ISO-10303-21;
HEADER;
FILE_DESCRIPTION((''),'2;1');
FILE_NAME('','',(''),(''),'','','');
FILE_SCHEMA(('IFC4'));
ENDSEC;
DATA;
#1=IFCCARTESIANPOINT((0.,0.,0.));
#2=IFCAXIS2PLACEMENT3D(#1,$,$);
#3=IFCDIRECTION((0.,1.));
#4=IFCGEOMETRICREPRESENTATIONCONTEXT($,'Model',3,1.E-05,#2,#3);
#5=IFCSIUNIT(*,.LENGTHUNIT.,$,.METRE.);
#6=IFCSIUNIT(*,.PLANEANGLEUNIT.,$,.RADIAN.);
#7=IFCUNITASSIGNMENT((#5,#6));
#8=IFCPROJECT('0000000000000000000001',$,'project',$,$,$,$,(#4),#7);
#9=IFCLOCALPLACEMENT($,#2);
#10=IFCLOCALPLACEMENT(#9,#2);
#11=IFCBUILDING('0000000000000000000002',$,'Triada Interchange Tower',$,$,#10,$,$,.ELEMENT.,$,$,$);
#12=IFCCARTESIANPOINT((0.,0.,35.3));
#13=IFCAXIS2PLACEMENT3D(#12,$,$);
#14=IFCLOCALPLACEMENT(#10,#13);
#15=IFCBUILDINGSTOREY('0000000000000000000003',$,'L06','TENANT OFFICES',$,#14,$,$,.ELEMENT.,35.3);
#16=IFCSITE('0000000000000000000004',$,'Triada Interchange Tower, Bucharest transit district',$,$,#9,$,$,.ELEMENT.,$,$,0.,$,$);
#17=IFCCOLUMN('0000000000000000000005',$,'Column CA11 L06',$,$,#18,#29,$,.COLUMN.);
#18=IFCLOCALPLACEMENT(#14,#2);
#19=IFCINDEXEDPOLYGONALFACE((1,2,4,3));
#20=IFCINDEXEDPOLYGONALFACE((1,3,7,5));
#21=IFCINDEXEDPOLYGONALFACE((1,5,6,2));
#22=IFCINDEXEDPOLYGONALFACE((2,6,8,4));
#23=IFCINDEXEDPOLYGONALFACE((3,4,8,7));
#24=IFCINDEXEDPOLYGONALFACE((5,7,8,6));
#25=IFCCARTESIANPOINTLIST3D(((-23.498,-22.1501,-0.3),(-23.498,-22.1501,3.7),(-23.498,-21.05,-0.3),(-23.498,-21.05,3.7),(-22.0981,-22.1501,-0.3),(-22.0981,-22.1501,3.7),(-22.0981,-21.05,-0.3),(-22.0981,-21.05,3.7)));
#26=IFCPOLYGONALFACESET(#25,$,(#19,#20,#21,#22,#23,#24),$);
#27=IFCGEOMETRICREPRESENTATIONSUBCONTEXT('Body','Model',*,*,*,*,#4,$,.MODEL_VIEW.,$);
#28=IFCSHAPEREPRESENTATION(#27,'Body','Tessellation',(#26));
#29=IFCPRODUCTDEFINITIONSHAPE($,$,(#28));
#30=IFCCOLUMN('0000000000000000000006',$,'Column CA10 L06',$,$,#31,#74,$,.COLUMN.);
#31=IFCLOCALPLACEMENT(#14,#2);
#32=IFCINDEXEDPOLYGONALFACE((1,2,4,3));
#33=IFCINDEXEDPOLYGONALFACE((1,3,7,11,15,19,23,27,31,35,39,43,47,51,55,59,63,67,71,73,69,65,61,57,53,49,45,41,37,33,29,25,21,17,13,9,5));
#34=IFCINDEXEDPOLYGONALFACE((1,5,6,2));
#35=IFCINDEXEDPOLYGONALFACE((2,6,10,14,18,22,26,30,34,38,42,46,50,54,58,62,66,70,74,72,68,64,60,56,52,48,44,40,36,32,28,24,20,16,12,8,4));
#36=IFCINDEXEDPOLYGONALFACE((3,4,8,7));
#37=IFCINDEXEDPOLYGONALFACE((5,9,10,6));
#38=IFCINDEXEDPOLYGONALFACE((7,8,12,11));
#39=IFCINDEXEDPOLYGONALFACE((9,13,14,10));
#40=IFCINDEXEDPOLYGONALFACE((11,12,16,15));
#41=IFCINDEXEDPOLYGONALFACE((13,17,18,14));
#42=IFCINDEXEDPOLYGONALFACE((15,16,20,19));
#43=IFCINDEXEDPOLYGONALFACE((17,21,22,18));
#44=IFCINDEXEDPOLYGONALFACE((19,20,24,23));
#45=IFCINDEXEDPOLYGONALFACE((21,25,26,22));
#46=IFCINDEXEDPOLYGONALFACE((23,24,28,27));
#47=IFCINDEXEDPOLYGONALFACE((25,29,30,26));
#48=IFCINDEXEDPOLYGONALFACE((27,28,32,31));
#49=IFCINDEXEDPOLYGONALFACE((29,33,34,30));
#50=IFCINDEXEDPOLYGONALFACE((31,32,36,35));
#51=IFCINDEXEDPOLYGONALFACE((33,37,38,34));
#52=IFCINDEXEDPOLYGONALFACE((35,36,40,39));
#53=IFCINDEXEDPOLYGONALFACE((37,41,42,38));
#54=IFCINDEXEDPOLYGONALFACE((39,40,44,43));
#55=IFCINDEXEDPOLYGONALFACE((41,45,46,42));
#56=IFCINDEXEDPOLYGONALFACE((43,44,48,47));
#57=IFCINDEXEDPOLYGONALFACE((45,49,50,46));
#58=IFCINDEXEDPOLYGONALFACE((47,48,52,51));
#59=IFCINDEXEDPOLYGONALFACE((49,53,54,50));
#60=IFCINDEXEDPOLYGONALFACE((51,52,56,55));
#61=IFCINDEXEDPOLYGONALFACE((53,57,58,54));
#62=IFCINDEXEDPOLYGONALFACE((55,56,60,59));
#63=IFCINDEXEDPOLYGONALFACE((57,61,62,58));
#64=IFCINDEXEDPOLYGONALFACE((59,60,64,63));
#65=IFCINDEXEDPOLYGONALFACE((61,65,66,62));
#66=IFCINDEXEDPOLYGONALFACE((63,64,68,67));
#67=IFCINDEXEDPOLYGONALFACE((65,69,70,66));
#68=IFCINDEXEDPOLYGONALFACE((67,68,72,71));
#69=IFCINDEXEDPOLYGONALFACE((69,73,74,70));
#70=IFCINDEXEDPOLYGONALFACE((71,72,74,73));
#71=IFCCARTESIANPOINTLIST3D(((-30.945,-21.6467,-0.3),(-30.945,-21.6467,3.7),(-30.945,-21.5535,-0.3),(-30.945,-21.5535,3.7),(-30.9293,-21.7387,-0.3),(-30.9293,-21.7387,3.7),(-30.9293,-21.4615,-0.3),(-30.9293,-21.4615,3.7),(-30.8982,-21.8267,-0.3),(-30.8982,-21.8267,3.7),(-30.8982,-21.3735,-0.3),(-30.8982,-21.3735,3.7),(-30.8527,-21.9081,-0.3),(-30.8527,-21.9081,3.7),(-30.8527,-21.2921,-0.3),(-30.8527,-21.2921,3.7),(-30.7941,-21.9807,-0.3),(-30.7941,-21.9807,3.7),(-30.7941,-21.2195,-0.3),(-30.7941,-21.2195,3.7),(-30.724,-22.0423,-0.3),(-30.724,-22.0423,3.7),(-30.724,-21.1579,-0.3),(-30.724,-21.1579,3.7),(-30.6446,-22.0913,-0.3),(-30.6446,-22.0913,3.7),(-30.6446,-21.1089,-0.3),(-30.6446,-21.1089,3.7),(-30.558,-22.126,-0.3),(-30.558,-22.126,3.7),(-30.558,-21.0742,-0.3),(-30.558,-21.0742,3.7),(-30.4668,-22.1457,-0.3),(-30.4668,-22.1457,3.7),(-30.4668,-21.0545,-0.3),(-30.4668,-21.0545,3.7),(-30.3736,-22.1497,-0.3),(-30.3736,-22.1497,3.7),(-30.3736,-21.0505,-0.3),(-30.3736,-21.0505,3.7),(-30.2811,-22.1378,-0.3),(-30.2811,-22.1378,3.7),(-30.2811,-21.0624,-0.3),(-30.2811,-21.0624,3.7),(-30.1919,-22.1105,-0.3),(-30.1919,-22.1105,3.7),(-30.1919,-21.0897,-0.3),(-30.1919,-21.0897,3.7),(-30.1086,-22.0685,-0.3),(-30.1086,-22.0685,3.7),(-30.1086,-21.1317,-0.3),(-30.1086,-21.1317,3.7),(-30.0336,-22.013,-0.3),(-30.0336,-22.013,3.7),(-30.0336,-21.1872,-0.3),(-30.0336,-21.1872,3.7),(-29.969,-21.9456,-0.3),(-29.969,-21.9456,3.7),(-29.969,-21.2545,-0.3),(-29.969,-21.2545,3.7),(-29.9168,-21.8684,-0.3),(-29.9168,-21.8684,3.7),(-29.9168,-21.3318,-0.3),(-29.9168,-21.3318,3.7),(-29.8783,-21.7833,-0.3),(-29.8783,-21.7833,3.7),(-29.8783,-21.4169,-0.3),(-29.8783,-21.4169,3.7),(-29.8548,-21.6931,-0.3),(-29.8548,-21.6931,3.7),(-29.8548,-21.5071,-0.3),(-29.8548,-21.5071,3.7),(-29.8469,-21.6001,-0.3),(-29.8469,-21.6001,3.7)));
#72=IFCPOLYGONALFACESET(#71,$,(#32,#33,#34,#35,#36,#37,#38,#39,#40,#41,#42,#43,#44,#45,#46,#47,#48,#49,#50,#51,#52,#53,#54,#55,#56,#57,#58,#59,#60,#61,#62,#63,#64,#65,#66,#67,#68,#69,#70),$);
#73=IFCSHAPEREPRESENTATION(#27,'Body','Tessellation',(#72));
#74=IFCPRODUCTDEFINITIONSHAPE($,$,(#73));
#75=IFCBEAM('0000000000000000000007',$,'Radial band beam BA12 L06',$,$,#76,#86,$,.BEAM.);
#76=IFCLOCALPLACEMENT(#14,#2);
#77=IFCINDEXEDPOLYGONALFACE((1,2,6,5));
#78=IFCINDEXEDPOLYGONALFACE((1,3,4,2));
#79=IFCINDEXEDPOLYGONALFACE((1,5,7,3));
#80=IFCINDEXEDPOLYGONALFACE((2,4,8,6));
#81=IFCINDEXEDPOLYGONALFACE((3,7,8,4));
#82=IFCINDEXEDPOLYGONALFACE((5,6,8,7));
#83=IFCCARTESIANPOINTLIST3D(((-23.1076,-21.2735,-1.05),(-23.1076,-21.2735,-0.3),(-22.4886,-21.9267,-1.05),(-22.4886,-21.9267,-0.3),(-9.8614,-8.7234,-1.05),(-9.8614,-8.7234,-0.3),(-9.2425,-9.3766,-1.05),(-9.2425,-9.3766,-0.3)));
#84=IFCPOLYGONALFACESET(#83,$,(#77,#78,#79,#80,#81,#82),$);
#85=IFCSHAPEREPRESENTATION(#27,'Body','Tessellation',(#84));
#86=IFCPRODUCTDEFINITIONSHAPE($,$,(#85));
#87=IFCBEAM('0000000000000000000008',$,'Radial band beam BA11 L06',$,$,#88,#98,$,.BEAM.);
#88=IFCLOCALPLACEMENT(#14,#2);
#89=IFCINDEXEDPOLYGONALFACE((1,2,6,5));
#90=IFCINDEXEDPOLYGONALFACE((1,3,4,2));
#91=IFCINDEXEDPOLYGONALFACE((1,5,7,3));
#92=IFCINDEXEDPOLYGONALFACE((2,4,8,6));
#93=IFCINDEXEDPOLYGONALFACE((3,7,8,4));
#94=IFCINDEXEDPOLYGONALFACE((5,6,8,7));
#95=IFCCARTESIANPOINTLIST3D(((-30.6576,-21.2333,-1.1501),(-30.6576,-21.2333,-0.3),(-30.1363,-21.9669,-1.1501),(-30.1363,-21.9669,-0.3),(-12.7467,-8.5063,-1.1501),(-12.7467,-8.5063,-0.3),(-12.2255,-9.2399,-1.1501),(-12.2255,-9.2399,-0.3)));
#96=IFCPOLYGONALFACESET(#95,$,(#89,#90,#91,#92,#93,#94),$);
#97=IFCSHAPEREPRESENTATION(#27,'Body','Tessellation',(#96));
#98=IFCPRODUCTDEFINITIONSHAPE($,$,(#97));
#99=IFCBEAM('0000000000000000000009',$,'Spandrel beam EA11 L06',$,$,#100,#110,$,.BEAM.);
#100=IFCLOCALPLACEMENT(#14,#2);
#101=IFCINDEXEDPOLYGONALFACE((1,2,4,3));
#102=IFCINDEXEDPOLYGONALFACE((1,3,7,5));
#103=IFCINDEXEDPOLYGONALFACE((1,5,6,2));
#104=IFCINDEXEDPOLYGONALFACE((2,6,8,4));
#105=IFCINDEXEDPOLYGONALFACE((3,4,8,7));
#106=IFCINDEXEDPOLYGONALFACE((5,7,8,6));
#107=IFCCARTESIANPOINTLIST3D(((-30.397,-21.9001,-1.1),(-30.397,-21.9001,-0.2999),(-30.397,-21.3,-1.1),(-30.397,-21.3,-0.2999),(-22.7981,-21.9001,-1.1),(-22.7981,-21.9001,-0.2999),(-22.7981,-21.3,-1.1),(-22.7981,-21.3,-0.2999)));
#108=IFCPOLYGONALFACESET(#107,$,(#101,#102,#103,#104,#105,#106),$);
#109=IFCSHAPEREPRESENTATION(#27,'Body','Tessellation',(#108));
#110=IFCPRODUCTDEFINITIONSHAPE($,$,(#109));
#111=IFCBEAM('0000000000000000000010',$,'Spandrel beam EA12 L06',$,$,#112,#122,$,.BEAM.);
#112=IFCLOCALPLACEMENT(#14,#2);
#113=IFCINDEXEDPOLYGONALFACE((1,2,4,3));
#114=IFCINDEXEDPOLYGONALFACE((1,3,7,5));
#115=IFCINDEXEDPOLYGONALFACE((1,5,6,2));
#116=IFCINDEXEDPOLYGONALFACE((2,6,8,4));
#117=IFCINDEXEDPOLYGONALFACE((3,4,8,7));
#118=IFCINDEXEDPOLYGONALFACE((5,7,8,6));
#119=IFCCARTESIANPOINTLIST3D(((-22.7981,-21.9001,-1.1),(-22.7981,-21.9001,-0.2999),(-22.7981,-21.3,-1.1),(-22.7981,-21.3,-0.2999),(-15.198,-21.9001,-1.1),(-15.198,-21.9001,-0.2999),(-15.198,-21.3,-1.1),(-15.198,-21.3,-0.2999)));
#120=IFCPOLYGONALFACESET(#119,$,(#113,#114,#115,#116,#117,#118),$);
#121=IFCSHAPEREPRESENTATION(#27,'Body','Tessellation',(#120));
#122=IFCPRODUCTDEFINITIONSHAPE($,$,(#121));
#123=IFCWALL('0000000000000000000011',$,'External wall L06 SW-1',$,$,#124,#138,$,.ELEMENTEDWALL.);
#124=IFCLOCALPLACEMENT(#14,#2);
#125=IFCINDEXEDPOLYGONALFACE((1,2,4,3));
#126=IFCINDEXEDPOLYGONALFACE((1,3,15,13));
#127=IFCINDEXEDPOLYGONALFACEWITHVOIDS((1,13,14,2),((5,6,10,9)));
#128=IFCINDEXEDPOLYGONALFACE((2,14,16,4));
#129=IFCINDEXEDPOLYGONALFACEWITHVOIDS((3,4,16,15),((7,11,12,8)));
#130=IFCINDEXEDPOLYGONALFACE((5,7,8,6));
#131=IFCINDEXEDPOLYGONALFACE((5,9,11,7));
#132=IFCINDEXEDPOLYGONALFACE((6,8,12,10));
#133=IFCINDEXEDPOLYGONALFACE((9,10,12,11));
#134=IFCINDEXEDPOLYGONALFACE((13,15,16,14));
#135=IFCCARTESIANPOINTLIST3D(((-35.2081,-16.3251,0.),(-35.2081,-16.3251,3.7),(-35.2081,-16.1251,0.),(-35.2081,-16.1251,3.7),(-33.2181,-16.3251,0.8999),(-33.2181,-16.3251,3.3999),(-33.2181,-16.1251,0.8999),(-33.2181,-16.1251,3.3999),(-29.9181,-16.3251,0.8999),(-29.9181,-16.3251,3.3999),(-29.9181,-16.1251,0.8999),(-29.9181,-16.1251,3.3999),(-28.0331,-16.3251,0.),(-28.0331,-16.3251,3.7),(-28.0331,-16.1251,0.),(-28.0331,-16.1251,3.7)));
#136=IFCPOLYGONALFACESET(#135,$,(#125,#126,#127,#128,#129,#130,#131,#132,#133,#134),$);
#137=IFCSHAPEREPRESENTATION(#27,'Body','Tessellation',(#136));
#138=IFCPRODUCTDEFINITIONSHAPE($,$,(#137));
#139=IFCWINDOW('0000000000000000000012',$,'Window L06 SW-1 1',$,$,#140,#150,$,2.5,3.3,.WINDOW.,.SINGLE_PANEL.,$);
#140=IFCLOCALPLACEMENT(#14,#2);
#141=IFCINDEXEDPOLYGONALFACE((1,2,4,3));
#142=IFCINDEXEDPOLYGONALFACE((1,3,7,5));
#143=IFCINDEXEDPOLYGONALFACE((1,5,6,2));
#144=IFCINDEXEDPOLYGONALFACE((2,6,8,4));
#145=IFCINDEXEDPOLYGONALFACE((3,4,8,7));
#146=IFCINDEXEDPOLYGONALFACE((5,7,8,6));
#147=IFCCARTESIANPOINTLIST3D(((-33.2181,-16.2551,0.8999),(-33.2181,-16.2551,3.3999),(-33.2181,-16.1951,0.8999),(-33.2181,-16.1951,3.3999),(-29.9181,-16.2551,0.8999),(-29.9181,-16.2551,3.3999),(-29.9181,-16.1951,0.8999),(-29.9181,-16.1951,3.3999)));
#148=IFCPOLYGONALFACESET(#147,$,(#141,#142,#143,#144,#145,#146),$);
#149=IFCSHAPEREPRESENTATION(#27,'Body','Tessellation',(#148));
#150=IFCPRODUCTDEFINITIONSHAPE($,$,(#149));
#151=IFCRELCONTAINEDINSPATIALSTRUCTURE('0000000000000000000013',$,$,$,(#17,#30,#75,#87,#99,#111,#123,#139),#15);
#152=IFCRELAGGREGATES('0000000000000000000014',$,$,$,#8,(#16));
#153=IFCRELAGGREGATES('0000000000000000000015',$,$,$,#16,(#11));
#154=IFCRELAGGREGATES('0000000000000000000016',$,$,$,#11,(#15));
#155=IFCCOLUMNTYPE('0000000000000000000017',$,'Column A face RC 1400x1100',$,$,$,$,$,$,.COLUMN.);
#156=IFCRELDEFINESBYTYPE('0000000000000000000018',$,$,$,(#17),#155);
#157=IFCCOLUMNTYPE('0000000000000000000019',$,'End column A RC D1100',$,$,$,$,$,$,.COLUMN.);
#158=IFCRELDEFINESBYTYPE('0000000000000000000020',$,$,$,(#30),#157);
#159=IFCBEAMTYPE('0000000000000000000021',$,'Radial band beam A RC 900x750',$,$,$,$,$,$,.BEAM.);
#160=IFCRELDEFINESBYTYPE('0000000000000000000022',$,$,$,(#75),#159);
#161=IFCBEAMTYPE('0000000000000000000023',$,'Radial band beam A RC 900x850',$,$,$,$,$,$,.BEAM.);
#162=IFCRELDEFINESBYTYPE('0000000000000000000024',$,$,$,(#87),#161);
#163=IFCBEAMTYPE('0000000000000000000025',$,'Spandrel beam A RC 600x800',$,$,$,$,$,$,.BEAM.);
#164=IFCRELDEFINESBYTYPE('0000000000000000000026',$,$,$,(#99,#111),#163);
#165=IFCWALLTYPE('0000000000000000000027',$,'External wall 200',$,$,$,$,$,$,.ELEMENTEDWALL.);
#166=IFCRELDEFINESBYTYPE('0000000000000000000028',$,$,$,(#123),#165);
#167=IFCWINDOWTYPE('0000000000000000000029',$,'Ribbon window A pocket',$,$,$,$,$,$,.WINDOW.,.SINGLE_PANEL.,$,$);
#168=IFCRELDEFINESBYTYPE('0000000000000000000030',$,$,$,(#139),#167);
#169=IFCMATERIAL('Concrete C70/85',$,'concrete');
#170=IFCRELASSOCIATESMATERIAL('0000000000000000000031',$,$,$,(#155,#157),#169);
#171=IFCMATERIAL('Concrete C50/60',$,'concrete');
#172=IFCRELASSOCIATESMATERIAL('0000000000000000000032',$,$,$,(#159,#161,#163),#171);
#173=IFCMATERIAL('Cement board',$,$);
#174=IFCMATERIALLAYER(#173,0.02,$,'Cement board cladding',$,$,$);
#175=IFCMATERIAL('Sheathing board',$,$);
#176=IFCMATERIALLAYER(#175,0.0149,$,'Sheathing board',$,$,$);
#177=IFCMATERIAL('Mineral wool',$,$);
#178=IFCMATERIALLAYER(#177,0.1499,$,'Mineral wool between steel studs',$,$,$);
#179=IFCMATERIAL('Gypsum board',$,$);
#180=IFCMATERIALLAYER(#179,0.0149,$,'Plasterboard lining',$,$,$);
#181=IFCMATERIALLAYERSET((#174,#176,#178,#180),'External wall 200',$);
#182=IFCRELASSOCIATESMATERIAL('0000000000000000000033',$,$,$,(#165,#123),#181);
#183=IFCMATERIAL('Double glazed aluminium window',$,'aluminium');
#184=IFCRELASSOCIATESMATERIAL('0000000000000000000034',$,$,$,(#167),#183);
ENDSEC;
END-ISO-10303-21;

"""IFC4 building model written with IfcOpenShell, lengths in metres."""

from ifc_helpers import new_model, si_unit, direction, frame, frame_2d, origin, origin_2d, place, context, subcontext, project, spatial, rectangle, circle, extrude, material, layer, layer_set, layer_usage, material_profile, profile_set, type_object, element, fill, save


model = new_model("IFC4")

# Units and contexts
model_context = context("Model", 3, precision=1e-05, world=origin(), true_north=direction((0.0, 1.0)))
body_context = subcontext(model_context, "Body", "Model", "MODEL_VIEW")
ifc_project = project(units=[si_unit("LENGTHUNIT", "METRE"), si_unit("PLANEANGLEUNIT", "RADIAN")], contexts=[model_context])

# Site, building, storey
site_placement = place(None, origin())
site = spatial("IfcSite", under=ifc_project, at=site_placement, Name="Triada Interchange Tower, Bucharest transit district", CompositionType="ELEMENT", RefElevation=0.0)
building_placement = place(site_placement, origin())
building = spatial("IfcBuilding", under=site, at=building_placement, Name="Triada Interchange Tower", CompositionType="ELEMENT")
storey_placement = place(building_placement, frame((0.0, 0.0, 35.3)))
storey = spatial("IfcBuildingStorey", under=building, at=storey_placement, Name="L06", Description="TENANT OFFICES", CompositionType="ELEMENT", Elevation=35.3)

# Columns
ifc_material_1 = material(Name="Concrete C70/85", Category="concrete")
ifc_material_profile_1 = material_profile(ifc_material_1, rectangle(XDim=1.3999, YDim=1.1001, at=origin_2d()), Name="RC 1400x1100")
ifc_profile_set_1 = profile_set([ifc_material_profile_1], Name="Concrete C70/85")
column_type_1 = type_object("IfcColumnType", Name="Column A face RC 1400x1100", PredefinedType="COLUMN", material=ifc_profile_set_1)
column_1_placement = place(storey_placement, frame((-22.7981, -21.6001, -0.3), z_axis=(0.0, 0.0, 1.0), x_axis=(1.0, 0.0, 0.0)))
element("IfcColumn", 1, at=column_1_placement, inside=storey, type_object=column_type_1, Name="Column CA11 L06", PredefinedType="COLUMN", context=body_context, shape_type="SweptSolid", body=[
    extrude(rectangle(XDim=1.3999, YDim=1.1001, at=origin_2d()), origin(), (0.0, 0.0, 1.0), 4.0),
])
ifc_material_profile_2 = material_profile(ifc_material_1, circle(Radius=0.55, at=origin_2d()), Name="RC D1100")
ifc_profile_set_2 = profile_set([ifc_material_profile_2], Name="Concrete C70/85")
column_type_2 = type_object("IfcColumnType", Name="End column A RC D1100", PredefinedType="COLUMN", material=ifc_profile_set_2)
column_2_placement = place(storey_placement, frame((-30.397, -21.6001, -0.3), z_axis=(0.0, 0.0, 1.0), x_axis=(1.0, 0.0, 0.0)))
element("IfcColumn", 2, at=column_2_placement, inside=storey, type_object=column_type_2, Name="Column CA10 L06", PredefinedType="COLUMN", context=body_context, shape_type="SweptSolid", body=[
    extrude(circle(Radius=0.55, at=origin_2d()), origin(), (0.0, 0.0, 1.0), 4.0),
])

# Beams
ifc_material_2 = material(Name="Concrete C50/60", Category="concrete")
ifc_material_profile_3 = material_profile(ifc_material_2, rectangle(XDim=0.8999, YDim=0.75, at=origin_2d()), Name="RC 900x750")
ifc_profile_set_3 = profile_set([ifc_material_profile_3], Name="Concrete C50/60")
beam_type_1 = type_object("IfcBeamType", Name="Radial band beam A RC 900x750", PredefinedType="BEAM", material=ifc_profile_set_3)
beam_1_placement = place(storey_placement, frame((-22.7981, -21.6001, -0.675), z_axis=(0.725922, 0.687777, 0.0), x_axis=(-0.687777, 0.725922, 0.0)))
element("IfcBeam", 3, at=beam_1_placement, inside=storey, type_object=beam_type_1, Name="Radial band beam BA12 L06", PredefinedType="BEAM", context=body_context, shape_type="SweptSolid", body=[
    extrude(rectangle(XDim=0.8999, YDim=0.75, at=origin_2d()), origin(), (0.0, 0.0, 1.0), 18.2473),
])
ifc_material_profile_4 = material_profile(ifc_material_2, rectangle(XDim=0.8999, YDim=0.8501, at=origin_2d()), Name="RC 900x850")
ifc_profile_set_4 = profile_set([ifc_material_profile_4], Name="Concrete C50/60")
beam_type_2 = type_object("IfcBeamType", Name="Radial band beam A RC 900x850", PredefinedType="BEAM", material=ifc_profile_set_4)
beam_2_placement = place(storey_placement, frame((-30.397, -21.6001, -0.7251), z_axis=(0.815161, 0.579234, 0.0), x_axis=(-0.579234, 0.815161, 0.0)))
element("IfcBeam", 4, at=beam_2_placement, inside=storey, type_object=beam_type_2, Name="Radial band beam BA11 L06", PredefinedType="BEAM", context=body_context, shape_type="SweptSolid", body=[
    extrude(rectangle(XDim=0.8999, YDim=0.8501, at=origin_2d()), origin(), (0.0, 0.0, 1.0), 21.9722),
])
ifc_material_profile_5 = material_profile(ifc_material_2, rectangle(XDim=0.6001, YDim=0.8, at=origin_2d()), Name="RC 600x800")
ifc_profile_set_5 = profile_set([ifc_material_profile_5], Name="Concrete C50/60")
beam_type_3 = type_object("IfcBeamType", Name="Spandrel beam A RC 600x800", PredefinedType="BEAM", material=ifc_profile_set_5)
beam_3_placement = place(storey_placement, frame((-30.397, -21.6001, -0.7), z_axis=(1.0, 0.0, 0.0), x_axis=(0.0, 1.0, 0.0)))
element("IfcBeam", 5, at=beam_3_placement, inside=storey, type_object=beam_type_3, Name="Spandrel beam EA11 L06", PredefinedType="BEAM", context=body_context, shape_type="SweptSolid", body=[
    extrude(rectangle(XDim=0.6001, YDim=0.8, at=origin_2d()), origin(), (0.0, 0.0, 1.0), 7.5989),
])
beam_4_placement = place(storey_placement, frame((-22.7981, -21.6001, -0.7), z_axis=(1.0, 0.0, 0.0), x_axis=(0.0, 1.0, 0.0)))
element("IfcBeam", 6, at=beam_4_placement, inside=storey, type_object=beam_type_3, Name="Spandrel beam EA12 L06", PredefinedType="BEAM", context=body_context, shape_type="SweptSolid", body=[
    extrude(rectangle(XDim=0.6001, YDim=0.8, at=origin_2d()), origin(), (0.0, 0.0, 1.0), 7.6001),
])

# Wall, opening, window
ifc_material_3 = material(Name="Cement board")
ifc_layer_1 = layer(ifc_material_3, 0.02, Name="Cement board cladding")
ifc_material_4 = material(Name="Sheathing board")
ifc_layer_2 = layer(ifc_material_4, 0.0149, Name="Sheathing board")
ifc_material_5 = material(Name="Mineral wool")
ifc_layer_3 = layer(ifc_material_5, 0.1499, Name="Mineral wool between steel studs")
ifc_material_6 = material(Name="Gypsum board")
ifc_layer_4 = layer(ifc_material_6, 0.0149, Name="Plasterboard lining")
ifc_layer_set_1 = layer_set([ifc_layer_1, ifc_layer_2, ifc_layer_3, ifc_layer_4], Name="External wall 200")
ifc_layer_usage = layer_usage(ifc_layer_set_1, "AXIS2", "POSITIVE", -0.1001)
wall_type_1 = type_object("IfcWallType", Name="External wall 200", PredefinedType="ELEMENTEDWALL", material=ifc_layer_set_1)
wall_1_placement = place(storey_placement, frame((-35.208, -16.2251, 0.0), z_axis=(0.0, 0.0, 1.0), x_axis=(1.0, 0.0, 0.0)))
wall_1 = element("IfcWall", 7, at=wall_1_placement, inside=storey, type_object=wall_type_1, material=ifc_layer_usage, Name="External wall L06 SW-1", PredefinedType="ELEMENTEDWALL", context=body_context, shape_type="SweptSolid", body=[
    extrude(rectangle(XDim=7.175, YDim=0.2, at=frame_2d((3.5874, 0.0))), origin(), (0.0, 0.0, 1.0), 3.7),
])
opening_1_placement = place(wall_1_placement, frame((1.99, 0.0, 0.8999)))
opening_1 = element("IfcOpeningElement", 8, at=opening_1_placement, cuts=wall_1, PredefinedType="OPENING", context=body_context, shape_type="SweptSolid", body=[
    extrude(rectangle(XDim=3.3, YDim=2.5, at=frame_2d((1.6499, 1.25))), frame((0.0, 0.1099, 0.0), z_axis=(0.0, -1.0, 0.0), x_axis=(1.0, 0.0, 0.0)), (0.0, 0.0, 1.0), 0.22),
])
ifc_material_7 = material(Name="Double glazed aluminium window", Category="aluminium")
window_type_1 = type_object("IfcWindowType", Name="Ribbon window A pocket", PartitioningType="SINGLE_PANEL", PredefinedType="WINDOW", material=ifc_material_7)
window_1_placement = place(opening_1_placement, origin())
window_1 = element("IfcWindow", 9, at=window_1_placement, inside=storey, type_object=window_type_1, Name="Window L06 SW-1 1", OverallHeight=2.5, OverallWidth=3.3, PartitioningType="SINGLE_PANEL", PredefinedType="WINDOW", context=body_context, shape_type="SweptSolid", body=[
    extrude(rectangle(XDim=3.3, YDim=2.5, at=frame_2d((1.6499, 1.25))), frame((0.0, 0.03, 0.0), z_axis=(0.0, -1.0, 0.0), x_axis=(1.0, 0.0, 0.0)), (0.0, 0.0, 1.0), 0.0601),
])
fill(opening_1, window_1)

save(model, "model.ifc")
